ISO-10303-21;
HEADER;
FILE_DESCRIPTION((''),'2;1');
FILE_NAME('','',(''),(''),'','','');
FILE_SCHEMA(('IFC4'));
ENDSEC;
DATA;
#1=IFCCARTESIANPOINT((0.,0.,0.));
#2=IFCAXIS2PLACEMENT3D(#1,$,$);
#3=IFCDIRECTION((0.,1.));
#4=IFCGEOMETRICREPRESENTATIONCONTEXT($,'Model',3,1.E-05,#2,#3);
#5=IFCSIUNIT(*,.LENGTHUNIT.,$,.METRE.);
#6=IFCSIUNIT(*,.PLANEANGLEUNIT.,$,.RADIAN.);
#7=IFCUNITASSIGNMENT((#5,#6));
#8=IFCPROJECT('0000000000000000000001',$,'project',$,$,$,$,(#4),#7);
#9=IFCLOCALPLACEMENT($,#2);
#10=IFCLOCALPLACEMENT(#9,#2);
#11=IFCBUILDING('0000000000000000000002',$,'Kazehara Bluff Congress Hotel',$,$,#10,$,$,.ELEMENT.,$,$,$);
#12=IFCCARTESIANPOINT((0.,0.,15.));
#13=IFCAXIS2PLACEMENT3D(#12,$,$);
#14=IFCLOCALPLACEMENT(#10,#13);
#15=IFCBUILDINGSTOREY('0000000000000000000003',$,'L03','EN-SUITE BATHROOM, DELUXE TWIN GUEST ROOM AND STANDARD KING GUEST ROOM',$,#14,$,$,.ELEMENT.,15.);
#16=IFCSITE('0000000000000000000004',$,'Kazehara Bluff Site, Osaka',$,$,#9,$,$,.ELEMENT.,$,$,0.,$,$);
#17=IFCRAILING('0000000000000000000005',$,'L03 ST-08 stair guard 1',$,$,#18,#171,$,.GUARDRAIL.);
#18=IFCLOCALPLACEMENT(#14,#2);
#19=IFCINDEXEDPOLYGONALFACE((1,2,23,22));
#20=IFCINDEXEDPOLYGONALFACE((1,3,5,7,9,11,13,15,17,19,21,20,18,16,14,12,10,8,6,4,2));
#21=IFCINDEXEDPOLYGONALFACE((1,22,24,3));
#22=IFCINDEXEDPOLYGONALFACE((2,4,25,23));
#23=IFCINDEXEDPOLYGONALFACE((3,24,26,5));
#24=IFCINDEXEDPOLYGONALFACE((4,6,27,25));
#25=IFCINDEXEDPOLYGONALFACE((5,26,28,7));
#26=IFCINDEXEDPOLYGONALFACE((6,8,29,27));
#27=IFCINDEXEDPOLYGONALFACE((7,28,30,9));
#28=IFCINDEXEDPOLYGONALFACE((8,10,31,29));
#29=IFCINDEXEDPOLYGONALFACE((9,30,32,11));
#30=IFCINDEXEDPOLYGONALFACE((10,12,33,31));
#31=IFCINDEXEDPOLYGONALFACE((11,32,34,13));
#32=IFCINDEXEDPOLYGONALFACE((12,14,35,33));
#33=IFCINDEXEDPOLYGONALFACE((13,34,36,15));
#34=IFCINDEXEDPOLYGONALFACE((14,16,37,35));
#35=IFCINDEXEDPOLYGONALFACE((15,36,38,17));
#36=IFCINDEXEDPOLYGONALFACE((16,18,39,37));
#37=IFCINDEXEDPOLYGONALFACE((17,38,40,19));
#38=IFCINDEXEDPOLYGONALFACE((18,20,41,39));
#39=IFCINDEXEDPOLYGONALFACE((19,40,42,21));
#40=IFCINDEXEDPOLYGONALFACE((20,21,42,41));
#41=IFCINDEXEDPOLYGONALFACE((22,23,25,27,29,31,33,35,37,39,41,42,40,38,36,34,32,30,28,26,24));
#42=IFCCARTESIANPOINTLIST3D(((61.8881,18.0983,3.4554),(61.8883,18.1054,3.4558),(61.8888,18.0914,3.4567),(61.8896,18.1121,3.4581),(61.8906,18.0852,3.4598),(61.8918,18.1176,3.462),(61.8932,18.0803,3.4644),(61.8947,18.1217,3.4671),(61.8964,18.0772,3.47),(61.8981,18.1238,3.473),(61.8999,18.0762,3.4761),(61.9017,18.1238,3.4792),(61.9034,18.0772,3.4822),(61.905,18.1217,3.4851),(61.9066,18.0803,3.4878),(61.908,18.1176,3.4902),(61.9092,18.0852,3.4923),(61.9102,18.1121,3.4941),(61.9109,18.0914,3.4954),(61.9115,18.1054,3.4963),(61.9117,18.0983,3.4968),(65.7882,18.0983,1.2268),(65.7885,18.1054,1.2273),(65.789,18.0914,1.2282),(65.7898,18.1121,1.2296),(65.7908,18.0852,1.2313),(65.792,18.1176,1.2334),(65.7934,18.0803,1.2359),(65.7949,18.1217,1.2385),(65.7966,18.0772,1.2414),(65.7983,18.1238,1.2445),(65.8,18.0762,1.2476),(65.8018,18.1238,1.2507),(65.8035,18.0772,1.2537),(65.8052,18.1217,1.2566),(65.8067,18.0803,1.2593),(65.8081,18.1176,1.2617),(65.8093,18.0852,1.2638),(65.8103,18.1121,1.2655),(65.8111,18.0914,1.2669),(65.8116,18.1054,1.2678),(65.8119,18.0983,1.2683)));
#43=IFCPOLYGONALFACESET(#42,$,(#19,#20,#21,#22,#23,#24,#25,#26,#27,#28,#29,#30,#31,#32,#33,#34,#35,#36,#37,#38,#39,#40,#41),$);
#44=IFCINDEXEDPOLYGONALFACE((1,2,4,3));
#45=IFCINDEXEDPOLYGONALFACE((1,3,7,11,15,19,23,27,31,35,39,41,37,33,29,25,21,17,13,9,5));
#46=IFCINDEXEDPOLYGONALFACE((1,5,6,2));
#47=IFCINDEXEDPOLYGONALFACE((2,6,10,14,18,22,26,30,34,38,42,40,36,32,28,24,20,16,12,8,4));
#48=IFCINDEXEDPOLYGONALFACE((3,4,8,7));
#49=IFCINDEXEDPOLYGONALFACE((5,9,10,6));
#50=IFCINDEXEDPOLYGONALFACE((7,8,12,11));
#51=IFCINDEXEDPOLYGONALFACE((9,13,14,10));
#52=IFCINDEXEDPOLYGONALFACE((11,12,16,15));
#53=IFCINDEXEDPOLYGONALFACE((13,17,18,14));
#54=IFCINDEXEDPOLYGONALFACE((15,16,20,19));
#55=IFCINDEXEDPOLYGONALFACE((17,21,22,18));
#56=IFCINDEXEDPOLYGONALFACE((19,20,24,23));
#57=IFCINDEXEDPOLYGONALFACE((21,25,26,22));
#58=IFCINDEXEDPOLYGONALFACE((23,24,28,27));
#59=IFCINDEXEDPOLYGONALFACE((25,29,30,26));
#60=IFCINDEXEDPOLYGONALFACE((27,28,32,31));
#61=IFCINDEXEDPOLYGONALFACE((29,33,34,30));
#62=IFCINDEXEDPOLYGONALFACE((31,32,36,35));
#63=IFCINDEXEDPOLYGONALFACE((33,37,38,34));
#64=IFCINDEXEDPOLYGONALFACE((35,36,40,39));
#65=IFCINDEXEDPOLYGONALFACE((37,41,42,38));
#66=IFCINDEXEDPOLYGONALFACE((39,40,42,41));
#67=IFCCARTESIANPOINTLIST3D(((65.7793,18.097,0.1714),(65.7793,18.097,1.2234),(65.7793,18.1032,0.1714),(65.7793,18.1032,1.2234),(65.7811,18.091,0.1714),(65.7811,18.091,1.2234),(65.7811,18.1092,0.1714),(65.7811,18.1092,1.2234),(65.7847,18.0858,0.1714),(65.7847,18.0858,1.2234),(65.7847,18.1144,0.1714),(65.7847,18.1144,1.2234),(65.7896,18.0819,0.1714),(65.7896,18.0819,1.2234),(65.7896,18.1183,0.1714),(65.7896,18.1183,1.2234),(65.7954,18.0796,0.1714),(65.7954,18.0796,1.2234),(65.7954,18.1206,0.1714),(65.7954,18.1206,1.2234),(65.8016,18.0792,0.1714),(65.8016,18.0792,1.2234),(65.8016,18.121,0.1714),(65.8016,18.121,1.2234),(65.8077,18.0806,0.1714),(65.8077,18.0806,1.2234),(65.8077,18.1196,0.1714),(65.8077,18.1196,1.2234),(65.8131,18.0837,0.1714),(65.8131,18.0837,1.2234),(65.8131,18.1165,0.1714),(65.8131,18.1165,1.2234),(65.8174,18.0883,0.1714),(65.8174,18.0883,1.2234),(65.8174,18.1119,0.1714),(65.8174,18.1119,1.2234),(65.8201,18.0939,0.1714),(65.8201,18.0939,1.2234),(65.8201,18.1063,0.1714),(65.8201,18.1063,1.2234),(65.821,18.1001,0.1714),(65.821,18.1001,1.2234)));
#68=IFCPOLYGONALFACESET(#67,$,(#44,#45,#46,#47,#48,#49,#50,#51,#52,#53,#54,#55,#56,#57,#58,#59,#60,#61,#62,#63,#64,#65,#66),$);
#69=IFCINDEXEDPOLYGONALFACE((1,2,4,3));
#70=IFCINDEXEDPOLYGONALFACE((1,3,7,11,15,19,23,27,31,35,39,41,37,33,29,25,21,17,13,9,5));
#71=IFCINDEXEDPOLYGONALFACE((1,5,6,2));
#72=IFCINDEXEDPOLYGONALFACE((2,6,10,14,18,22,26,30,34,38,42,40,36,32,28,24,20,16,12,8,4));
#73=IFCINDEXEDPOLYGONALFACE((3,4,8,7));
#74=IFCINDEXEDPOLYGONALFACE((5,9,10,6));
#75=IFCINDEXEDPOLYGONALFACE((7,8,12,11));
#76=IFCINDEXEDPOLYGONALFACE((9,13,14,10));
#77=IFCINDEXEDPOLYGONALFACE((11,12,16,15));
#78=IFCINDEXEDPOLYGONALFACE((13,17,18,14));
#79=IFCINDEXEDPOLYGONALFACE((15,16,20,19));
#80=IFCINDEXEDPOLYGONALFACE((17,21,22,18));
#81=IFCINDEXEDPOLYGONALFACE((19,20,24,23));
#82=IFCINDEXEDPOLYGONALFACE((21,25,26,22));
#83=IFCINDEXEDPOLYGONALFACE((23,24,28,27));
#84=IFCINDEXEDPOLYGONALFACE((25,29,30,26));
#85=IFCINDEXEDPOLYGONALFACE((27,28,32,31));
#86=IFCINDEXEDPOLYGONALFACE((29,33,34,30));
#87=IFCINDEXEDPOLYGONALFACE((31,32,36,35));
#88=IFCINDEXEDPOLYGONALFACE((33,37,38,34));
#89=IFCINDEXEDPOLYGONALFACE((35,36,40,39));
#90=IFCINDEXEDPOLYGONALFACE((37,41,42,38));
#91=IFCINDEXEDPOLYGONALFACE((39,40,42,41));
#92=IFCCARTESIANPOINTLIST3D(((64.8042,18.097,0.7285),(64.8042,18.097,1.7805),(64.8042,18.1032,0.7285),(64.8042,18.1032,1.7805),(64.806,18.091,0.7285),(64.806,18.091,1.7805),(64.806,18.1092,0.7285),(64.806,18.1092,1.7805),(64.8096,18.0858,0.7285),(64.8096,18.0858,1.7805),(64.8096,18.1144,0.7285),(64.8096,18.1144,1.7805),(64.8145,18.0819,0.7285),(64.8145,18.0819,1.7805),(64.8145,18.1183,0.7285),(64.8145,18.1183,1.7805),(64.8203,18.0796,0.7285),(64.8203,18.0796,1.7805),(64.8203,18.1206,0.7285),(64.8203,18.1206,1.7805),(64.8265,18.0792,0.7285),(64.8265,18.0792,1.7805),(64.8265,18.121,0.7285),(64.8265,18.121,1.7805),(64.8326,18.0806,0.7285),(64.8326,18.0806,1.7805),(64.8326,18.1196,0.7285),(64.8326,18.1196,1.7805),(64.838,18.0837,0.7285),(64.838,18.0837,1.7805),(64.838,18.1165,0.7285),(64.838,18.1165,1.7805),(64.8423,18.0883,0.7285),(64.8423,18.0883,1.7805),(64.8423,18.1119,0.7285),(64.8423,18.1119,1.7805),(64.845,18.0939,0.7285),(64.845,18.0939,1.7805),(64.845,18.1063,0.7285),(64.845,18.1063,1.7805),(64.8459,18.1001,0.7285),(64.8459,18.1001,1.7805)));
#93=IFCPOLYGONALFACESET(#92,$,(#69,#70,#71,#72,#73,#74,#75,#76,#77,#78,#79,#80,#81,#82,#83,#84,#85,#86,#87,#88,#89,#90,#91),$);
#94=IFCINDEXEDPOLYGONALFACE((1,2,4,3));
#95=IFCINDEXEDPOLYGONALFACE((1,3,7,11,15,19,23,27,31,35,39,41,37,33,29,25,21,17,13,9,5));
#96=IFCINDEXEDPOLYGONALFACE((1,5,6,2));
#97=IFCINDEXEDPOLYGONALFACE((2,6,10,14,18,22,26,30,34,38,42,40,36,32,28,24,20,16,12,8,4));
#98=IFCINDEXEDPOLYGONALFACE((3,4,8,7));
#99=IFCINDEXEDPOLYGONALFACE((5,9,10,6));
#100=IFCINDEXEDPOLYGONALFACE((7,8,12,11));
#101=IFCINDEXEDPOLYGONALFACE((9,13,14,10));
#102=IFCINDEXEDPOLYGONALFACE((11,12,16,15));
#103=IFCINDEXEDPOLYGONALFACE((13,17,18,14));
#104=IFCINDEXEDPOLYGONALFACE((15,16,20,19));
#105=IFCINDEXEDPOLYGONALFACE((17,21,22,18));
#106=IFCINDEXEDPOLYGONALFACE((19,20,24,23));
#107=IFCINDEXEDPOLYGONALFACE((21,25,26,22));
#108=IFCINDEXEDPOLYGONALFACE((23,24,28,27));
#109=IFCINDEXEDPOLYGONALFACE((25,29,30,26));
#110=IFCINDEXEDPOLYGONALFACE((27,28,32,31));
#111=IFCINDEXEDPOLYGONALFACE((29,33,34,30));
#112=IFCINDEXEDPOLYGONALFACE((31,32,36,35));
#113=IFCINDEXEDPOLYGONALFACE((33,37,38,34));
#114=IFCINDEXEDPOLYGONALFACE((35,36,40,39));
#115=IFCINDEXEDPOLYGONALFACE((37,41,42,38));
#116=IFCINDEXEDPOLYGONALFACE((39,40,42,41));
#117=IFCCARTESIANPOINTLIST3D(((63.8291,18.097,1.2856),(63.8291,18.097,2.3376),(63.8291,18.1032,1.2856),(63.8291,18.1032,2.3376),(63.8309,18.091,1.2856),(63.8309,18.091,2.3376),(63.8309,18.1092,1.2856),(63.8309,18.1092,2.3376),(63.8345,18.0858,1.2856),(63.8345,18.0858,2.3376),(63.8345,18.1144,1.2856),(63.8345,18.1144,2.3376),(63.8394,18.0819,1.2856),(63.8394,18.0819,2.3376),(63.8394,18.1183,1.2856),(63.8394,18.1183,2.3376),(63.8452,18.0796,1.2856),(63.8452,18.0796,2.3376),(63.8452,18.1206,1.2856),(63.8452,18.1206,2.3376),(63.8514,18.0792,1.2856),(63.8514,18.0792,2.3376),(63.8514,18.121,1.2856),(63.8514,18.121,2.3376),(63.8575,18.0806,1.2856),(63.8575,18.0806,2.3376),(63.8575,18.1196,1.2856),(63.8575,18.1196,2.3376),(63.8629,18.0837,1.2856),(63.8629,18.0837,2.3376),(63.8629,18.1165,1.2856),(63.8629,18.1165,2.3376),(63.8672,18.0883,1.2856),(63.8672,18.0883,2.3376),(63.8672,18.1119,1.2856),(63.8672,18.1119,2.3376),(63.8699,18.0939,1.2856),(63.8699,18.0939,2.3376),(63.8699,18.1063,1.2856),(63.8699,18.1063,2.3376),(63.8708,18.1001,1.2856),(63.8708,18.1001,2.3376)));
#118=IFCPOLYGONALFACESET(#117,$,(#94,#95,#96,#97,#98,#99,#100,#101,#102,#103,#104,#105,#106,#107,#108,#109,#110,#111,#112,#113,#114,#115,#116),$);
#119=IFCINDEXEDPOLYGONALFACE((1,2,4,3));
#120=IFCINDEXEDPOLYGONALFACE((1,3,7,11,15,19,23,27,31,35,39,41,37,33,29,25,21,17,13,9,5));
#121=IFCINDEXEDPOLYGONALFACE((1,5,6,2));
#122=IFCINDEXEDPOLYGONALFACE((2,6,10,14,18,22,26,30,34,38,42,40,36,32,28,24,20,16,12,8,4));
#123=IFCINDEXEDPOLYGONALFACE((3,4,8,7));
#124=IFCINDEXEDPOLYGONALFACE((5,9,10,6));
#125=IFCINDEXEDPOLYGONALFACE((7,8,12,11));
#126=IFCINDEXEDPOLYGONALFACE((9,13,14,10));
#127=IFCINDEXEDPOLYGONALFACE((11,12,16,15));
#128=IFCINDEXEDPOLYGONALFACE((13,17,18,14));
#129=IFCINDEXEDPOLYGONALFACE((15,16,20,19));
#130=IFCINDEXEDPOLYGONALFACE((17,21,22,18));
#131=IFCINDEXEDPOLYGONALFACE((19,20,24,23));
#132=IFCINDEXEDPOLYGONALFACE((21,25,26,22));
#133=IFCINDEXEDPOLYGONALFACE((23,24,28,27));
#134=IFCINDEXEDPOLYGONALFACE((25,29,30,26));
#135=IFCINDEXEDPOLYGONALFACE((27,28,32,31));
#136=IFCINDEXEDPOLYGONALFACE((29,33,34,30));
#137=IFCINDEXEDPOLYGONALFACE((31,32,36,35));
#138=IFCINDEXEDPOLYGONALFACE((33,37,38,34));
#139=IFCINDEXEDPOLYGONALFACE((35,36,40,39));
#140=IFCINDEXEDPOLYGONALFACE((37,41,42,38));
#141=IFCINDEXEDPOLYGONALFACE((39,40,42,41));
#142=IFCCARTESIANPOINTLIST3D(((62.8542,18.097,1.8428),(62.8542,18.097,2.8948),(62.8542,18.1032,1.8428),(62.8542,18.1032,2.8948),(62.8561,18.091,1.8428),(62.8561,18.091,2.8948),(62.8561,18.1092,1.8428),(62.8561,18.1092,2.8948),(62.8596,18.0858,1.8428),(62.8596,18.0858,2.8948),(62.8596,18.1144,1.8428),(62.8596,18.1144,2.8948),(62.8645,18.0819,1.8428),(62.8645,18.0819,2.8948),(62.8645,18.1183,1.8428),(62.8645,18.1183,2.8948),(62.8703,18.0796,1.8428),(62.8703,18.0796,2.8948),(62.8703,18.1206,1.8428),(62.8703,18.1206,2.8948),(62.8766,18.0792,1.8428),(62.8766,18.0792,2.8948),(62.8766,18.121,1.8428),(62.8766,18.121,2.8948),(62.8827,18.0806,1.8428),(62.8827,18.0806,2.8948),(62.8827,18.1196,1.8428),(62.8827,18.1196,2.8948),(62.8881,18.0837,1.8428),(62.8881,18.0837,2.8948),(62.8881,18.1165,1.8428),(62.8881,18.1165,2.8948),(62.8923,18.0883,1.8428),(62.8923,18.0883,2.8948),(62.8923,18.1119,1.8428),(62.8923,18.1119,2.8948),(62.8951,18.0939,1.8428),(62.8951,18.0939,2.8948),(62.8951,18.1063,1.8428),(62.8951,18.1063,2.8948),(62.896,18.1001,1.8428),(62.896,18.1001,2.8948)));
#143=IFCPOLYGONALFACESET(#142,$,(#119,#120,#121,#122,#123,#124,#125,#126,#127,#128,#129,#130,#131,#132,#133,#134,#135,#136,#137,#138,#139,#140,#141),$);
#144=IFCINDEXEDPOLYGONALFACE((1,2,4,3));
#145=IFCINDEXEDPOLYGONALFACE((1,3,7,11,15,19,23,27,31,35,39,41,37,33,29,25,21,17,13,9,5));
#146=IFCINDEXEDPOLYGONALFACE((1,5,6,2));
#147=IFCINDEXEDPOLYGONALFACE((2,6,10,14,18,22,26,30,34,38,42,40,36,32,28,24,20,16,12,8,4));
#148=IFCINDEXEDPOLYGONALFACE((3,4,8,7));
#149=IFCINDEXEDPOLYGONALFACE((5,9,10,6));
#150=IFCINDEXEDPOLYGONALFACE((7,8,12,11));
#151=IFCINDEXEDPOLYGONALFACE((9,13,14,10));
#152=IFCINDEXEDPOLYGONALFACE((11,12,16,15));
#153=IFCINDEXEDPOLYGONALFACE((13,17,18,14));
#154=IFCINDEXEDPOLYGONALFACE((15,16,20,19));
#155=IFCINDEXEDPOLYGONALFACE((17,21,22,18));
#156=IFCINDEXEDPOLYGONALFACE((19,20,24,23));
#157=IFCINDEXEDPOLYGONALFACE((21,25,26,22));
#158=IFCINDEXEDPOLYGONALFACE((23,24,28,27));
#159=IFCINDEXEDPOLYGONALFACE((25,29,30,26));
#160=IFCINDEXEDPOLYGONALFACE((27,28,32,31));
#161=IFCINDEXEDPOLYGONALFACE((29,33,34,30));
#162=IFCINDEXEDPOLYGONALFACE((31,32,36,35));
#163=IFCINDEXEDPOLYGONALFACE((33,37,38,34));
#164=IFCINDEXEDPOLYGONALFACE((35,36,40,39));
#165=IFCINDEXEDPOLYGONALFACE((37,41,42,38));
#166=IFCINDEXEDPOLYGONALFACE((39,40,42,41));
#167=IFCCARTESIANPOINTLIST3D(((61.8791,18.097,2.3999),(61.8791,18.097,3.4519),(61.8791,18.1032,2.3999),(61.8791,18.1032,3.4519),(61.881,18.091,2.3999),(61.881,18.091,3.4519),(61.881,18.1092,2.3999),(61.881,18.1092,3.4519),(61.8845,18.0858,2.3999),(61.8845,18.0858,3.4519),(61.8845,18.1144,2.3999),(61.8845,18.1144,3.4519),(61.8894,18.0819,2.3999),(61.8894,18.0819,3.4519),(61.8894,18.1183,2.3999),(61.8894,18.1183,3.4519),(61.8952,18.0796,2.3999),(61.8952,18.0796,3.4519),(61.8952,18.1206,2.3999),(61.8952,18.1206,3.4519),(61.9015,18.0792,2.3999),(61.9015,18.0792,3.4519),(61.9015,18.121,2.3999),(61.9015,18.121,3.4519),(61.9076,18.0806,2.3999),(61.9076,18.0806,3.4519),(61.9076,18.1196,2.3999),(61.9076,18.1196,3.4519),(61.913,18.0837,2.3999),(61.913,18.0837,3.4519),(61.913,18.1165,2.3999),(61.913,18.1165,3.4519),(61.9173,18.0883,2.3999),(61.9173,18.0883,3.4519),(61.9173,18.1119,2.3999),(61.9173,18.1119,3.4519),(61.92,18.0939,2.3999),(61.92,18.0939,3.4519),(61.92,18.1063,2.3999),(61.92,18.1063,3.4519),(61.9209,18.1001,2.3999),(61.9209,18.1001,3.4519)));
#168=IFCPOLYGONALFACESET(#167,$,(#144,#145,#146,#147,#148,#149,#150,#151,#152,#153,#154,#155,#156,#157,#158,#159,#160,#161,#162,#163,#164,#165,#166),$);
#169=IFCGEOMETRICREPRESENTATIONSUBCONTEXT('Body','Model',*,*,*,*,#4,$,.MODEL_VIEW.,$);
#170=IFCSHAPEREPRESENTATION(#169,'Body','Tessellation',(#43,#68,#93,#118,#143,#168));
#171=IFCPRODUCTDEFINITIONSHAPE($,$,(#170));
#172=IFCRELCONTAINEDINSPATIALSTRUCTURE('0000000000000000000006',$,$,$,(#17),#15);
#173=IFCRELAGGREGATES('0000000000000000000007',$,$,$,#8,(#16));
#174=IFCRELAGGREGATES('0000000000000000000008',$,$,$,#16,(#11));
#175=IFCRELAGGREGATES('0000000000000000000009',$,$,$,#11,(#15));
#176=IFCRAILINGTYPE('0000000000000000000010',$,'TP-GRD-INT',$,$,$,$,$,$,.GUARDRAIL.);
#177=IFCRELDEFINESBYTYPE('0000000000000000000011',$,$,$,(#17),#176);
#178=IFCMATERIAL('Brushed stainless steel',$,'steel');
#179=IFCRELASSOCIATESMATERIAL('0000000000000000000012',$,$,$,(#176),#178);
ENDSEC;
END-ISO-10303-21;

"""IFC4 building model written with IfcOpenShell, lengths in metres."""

from ifc_helpers import new_model, si_unit, direction, frame, origin, origin_2d, place, context, subcontext, project, spatial, circle, extrude, material, type_object, element, save


model = new_model("IFC4")

# Units and contexts
model_context = context("Model", 3, precision=1e-05, world=origin(), true_north=direction((0.0, 1.0)))
body_context = subcontext(model_context, "Body", "Model", "MODEL_VIEW")
ifc_project = project(units=[si_unit("LENGTHUNIT", "METRE"), si_unit("PLANEANGLEUNIT", "RADIAN")], contexts=[model_context])

# Site, building, storey
site_placement = place(None, origin())
site = spatial("IfcSite", under=ifc_project, at=site_placement, Name="Kazehara Bluff Site, Osaka", CompositionType="ELEMENT", RefElevation=0.0)
building_placement = place(site_placement, origin())
building = spatial("IfcBuilding", under=site, at=building_placement, Name="Kazehara Bluff Congress Hotel", CompositionType="ELEMENT")
storey_placement = place(building_placement, frame((0.0, 0.0, 15.0)))
storey = spatial("IfcBuildingStorey", under=building, at=storey_placement, Name="L03", Description="EN-SUITE BATHROOM, DELUXE TWIN GUEST ROOM AND STANDARD KING GUEST ROOM", CompositionType="ELEMENT", Elevation=15.0)

# Railing
ifc_material_1 = material(Name="Brushed stainless steel", Category="steel")
railing_type_1 = type_object("IfcRailingType", Name="TP-GRD-INT", PredefinedType="GUARDRAIL", material=ifc_material_1)
railing_1_placement = place(storey_placement, frame((65.8, 18.1001, 0.1714)))
element("IfcRailing", 1, at=railing_1_placement, inside=storey, type_object=railing_type_1, Name="L03 ST-08 stair guard 1", PredefinedType="GUARDRAIL", context=body_context, shape_type="SweptSolid", body=[
    extrude(circle(Radius=0.0239, at=origin_2d()), frame((0.0, 0.0, 1.0762), z_axis=(-0.868257, 0.0, 0.496116), x_axis=(0.0, -1.0, 0.0)), (0.0, 0.0, 1.0), 4.4919),
    extrude(circle(Radius=0.021, at=origin_2d()), origin(), (0.0, 0.0, 1.0), 1.052),
    extrude(circle(Radius=0.021, at=origin_2d()), frame((-0.9751, 0.0, 0.5571)), (0.0, 0.0, 1.0), 1.052),
    extrude(circle(Radius=0.021, at=origin_2d()), frame((-1.9502, 0.0, 1.1143)), (0.0, 0.0, 1.0), 1.052),
    extrude(circle(Radius=0.021, at=origin_2d()), frame((-2.925, 0.0, 1.6714)), (0.0, 0.0, 1.0), 1.052),
    extrude(circle(Radius=0.021, at=origin_2d()), frame((-3.9001, 0.0, 2.2285)), (0.0, 0.0, 1.0), 1.052),
])

save(model, "model.ifc")
